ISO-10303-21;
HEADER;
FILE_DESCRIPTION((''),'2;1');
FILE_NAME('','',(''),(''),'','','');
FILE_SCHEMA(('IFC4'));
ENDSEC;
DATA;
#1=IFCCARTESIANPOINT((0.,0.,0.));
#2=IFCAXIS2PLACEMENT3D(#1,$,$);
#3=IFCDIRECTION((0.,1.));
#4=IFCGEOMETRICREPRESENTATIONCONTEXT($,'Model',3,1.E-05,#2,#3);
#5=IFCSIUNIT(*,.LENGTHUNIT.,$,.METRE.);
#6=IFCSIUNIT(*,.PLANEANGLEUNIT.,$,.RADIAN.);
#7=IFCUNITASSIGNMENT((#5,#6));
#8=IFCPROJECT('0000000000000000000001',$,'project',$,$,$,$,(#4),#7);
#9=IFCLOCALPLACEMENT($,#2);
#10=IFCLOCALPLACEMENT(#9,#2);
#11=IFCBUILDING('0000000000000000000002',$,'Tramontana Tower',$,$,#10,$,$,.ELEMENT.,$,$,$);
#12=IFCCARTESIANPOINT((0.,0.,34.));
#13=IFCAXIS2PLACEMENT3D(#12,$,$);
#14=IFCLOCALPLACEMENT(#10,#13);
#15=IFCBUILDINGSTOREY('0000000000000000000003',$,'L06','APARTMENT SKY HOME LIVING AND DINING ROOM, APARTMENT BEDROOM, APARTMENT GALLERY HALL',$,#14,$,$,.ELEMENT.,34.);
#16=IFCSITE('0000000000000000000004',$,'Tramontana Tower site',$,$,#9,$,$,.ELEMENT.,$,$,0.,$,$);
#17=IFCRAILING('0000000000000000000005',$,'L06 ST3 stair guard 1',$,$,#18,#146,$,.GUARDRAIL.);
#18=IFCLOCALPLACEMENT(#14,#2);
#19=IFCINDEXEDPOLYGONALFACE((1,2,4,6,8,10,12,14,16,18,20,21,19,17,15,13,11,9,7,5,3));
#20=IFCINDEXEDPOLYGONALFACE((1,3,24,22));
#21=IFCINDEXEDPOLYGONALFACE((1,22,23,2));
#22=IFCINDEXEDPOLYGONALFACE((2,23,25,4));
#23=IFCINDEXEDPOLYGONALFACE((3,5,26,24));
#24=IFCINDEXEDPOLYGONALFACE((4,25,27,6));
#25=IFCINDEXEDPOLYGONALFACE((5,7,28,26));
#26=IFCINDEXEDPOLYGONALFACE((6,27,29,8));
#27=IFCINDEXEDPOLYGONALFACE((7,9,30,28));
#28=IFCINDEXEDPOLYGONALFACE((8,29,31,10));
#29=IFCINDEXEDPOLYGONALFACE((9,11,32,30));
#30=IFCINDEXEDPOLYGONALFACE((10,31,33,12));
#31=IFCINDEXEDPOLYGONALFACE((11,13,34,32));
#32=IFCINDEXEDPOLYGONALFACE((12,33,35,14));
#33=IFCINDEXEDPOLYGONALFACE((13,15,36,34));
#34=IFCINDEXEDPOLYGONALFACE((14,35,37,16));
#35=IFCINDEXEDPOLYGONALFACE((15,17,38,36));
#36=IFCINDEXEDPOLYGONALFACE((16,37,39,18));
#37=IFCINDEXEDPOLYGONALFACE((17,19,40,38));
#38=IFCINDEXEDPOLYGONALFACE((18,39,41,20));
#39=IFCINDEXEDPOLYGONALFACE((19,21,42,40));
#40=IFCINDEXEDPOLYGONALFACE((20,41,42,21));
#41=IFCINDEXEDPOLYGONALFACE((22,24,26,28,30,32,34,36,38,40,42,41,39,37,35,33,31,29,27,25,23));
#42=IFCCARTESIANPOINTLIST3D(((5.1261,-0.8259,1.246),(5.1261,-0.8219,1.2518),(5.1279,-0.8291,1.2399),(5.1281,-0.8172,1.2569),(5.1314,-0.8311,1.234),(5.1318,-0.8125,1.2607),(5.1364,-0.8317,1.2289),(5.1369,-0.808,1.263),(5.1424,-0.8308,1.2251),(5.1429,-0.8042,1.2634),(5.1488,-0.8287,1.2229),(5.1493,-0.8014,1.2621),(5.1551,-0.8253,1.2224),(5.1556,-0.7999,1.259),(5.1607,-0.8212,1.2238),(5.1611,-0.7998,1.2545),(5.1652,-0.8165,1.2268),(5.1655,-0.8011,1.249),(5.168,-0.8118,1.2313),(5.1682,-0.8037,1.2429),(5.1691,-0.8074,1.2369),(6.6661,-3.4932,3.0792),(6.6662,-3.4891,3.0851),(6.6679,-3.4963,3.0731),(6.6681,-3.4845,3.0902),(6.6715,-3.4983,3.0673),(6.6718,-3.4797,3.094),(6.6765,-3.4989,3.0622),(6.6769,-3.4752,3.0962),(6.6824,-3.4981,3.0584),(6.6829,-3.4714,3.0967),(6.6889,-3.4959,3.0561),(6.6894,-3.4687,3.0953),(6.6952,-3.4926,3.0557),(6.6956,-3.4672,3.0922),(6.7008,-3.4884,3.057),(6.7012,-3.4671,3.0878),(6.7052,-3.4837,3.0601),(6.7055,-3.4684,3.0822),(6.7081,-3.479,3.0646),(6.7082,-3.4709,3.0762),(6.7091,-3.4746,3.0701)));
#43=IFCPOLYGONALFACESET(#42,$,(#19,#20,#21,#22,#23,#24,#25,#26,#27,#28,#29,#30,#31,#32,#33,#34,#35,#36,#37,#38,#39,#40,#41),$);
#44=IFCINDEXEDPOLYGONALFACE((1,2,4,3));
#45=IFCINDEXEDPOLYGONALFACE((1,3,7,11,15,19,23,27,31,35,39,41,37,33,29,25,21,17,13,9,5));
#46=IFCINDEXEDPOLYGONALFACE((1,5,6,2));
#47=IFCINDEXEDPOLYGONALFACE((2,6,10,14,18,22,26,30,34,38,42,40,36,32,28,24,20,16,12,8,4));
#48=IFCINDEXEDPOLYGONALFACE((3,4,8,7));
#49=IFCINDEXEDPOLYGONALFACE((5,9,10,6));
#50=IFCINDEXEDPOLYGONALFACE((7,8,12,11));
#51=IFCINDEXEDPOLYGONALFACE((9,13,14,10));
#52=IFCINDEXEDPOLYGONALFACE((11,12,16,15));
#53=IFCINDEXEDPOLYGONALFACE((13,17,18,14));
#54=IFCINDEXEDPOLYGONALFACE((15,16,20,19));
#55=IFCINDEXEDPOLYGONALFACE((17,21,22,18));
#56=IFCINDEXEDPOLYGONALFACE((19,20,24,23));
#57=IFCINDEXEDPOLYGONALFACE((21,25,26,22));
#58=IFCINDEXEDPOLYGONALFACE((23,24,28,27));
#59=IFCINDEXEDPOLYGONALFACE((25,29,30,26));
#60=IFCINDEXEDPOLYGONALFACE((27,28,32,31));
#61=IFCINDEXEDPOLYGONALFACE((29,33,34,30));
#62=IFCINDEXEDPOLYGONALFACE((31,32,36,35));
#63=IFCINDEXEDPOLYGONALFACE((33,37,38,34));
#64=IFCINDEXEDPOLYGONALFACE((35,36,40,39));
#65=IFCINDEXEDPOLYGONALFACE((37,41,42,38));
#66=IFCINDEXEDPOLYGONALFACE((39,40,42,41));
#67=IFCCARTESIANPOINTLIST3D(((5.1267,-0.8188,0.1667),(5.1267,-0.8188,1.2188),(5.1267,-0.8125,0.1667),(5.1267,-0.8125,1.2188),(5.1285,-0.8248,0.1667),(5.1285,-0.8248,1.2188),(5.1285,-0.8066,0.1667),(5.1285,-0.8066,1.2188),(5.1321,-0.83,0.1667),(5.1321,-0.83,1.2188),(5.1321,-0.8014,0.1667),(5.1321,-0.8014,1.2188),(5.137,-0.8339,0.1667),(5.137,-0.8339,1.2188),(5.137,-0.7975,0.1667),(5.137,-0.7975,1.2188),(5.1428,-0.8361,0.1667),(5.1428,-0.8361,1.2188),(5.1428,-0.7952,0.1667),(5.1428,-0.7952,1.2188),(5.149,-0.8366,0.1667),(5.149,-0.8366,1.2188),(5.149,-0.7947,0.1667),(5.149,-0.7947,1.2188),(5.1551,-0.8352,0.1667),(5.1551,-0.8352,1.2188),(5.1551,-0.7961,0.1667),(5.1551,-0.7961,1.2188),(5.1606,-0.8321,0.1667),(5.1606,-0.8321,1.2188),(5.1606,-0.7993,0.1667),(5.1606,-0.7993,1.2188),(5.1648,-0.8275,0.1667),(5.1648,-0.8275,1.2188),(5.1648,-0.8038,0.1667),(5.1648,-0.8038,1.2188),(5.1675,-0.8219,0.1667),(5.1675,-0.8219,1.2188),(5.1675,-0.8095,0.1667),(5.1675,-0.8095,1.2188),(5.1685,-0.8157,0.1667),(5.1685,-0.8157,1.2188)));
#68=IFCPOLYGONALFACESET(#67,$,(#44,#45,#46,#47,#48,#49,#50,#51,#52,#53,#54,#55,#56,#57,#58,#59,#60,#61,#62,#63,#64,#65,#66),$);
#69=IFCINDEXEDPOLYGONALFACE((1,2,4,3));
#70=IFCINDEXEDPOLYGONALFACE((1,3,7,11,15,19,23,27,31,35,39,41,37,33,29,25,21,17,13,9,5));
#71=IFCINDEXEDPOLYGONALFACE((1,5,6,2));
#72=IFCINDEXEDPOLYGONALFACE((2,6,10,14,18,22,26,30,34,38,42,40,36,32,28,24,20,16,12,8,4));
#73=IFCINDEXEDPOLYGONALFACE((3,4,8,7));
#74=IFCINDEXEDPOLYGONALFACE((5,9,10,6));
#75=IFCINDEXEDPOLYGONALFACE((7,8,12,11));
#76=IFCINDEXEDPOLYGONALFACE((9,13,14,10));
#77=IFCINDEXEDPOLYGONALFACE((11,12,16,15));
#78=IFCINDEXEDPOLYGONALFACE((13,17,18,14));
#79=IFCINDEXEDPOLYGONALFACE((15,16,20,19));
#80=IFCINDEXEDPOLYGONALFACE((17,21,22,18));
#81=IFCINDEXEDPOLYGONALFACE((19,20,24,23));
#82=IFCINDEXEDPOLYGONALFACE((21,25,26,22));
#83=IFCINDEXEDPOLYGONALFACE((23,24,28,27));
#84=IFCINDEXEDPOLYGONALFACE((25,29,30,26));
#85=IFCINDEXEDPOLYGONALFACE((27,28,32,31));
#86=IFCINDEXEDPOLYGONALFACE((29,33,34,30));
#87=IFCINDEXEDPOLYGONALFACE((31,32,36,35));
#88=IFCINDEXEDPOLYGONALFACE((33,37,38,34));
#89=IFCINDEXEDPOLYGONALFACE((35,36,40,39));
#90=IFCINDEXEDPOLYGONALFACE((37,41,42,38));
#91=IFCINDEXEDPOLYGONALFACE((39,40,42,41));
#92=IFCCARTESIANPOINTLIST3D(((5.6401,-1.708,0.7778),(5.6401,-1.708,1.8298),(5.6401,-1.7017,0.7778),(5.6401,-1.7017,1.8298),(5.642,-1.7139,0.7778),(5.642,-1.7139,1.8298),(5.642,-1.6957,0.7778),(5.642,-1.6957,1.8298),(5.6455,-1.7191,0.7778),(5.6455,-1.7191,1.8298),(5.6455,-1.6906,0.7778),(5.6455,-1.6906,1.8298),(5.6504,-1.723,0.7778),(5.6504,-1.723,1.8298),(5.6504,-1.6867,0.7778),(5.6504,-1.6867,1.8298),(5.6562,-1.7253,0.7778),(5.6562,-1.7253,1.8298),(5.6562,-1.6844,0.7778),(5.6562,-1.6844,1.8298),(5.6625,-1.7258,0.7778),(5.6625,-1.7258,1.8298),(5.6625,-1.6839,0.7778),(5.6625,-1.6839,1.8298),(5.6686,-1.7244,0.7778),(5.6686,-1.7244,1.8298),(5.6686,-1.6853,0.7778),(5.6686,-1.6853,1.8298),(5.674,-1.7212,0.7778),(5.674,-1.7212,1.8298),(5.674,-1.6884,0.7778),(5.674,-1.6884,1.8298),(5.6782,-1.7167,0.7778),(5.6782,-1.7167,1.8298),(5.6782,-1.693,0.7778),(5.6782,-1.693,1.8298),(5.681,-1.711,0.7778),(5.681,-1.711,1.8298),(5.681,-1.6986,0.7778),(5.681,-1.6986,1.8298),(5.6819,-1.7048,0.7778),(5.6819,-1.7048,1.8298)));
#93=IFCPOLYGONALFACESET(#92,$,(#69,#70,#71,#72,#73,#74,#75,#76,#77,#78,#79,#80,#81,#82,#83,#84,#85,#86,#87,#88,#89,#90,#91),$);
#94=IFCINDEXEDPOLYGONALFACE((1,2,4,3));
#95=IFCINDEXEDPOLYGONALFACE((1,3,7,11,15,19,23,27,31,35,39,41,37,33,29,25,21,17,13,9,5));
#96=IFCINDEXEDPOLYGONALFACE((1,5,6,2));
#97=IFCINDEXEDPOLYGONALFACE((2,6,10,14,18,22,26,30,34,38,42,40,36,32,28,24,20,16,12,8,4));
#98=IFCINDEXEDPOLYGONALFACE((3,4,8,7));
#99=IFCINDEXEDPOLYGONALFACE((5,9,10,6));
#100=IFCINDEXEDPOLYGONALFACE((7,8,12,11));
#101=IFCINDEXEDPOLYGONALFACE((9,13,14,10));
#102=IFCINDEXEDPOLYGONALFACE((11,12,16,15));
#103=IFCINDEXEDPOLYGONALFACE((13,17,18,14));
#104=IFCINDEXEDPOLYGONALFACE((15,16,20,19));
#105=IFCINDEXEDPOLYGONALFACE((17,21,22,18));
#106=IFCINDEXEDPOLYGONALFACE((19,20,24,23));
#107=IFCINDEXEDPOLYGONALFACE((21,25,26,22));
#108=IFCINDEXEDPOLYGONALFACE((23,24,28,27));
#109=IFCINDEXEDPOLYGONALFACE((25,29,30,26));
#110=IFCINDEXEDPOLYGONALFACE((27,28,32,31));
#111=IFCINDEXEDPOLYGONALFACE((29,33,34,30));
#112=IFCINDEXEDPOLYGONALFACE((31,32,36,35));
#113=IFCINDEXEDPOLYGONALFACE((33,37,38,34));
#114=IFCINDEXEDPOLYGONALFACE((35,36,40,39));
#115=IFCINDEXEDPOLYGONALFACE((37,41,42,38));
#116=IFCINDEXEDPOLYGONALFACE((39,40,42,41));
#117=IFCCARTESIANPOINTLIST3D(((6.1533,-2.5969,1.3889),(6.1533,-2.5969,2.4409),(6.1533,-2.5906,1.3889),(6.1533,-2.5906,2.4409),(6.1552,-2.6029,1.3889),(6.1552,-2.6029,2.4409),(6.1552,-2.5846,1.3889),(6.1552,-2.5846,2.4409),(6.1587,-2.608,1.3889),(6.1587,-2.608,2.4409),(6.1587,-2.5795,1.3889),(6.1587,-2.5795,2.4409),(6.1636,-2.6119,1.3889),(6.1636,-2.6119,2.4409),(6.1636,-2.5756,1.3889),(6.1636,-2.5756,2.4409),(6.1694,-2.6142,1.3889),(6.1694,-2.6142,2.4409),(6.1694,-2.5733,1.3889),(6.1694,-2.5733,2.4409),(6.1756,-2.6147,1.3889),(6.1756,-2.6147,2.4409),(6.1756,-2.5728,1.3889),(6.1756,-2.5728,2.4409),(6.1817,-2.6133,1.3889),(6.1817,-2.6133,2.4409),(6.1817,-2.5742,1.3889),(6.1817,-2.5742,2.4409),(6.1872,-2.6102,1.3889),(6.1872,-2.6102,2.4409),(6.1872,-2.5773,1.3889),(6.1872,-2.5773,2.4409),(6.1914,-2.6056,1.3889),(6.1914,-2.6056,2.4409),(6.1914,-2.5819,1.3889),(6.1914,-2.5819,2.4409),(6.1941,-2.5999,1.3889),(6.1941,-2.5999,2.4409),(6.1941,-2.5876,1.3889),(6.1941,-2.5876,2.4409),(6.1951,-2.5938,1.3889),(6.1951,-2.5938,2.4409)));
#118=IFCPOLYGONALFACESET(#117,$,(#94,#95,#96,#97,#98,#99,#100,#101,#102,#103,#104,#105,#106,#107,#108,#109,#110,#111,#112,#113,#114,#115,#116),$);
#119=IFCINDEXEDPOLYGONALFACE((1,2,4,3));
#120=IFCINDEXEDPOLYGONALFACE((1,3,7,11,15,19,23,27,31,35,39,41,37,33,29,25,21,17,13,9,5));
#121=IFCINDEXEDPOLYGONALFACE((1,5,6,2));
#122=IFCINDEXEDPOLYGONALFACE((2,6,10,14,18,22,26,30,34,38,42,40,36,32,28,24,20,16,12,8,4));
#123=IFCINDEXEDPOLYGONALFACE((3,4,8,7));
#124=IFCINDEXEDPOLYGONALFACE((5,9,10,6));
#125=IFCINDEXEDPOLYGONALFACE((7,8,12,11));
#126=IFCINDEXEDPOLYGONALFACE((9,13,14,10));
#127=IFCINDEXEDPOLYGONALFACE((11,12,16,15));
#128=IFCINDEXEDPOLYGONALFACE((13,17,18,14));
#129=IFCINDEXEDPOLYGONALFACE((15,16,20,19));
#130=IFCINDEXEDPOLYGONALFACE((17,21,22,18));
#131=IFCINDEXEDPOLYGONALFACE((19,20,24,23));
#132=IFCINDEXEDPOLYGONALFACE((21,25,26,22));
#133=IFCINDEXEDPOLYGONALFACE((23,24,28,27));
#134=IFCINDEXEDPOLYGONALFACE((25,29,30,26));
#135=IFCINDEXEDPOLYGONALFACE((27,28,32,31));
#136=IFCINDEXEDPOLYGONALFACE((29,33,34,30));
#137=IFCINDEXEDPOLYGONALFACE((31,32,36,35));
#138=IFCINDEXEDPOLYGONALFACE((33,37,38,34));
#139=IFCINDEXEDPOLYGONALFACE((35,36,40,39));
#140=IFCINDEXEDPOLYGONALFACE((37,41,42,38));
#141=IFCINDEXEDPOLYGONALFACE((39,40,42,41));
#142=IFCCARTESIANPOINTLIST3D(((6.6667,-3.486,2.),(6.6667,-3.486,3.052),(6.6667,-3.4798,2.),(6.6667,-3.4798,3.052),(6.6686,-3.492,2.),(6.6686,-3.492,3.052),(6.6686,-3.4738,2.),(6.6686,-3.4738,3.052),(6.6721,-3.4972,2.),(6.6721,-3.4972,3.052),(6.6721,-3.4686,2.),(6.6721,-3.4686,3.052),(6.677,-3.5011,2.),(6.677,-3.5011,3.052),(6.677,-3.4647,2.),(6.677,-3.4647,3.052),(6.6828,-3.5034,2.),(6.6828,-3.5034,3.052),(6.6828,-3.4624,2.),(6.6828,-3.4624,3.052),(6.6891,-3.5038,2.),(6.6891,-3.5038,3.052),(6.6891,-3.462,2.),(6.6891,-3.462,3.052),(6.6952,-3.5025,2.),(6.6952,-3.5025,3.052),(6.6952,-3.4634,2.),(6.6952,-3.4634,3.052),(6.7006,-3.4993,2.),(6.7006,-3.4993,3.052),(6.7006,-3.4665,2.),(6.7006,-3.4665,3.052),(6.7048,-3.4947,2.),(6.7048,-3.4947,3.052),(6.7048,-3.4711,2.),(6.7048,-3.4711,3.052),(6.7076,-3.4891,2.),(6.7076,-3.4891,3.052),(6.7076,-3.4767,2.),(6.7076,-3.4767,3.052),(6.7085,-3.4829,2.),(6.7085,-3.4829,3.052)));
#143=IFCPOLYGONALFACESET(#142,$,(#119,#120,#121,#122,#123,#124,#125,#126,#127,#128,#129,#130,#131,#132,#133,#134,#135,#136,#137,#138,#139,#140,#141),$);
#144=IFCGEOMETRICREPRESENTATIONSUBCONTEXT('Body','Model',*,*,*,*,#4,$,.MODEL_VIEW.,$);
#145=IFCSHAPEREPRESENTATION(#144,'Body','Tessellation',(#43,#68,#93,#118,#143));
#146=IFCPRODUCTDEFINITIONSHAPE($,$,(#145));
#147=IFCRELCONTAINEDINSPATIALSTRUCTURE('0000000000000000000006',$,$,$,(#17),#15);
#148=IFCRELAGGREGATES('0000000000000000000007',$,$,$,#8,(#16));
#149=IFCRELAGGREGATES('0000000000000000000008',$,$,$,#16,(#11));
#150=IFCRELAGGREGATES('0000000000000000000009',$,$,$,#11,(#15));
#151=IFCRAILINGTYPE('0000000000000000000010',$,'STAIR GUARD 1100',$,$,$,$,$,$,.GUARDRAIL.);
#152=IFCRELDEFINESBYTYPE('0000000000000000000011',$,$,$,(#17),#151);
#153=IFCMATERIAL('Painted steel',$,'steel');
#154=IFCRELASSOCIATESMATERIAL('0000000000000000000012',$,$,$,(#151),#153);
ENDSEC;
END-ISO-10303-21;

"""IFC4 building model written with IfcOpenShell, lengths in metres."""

from ifc_helpers import new_model, si_unit, direction, frame, origin, origin_2d, place, context, subcontext, project, spatial, circle, extrude, material, type_object, element, save


model = new_model("IFC4")

# Units and contexts
model_context = context("Model", 3, precision=1e-05, world=origin(), true_north=direction((0.0, 1.0)))
body_context = subcontext(model_context, "Body", "Model", "MODEL_VIEW")
ifc_project = project(units=[si_unit("LENGTHUNIT", "METRE"), si_unit("PLANEANGLEUNIT", "RADIAN")], contexts=[model_context])

# Site, building, storey
site_placement = place(None, origin())
site = spatial("IfcSite", under=ifc_project, at=site_placement, Name="Tramontana Tower site", CompositionType="ELEMENT", RefElevation=0.0)
building_placement = place(site_placement, origin())
building = spatial("IfcBuilding", under=site, at=building_placement, Name="Tramontana Tower", CompositionType="ELEMENT")
storey_placement = place(building_placement, frame((0.0, 0.0, 34.0)))
storey = spatial("IfcBuildingStorey", under=building, at=storey_placement, Name="L06", Description="APARTMENT SKY HOME LIVING AND DINING ROOM, APARTMENT BEDROOM, APARTMENT GALLERY HALL", CompositionType="ELEMENT", Elevation=34.0)

# Railing
ifc_material_1 = material(Name="Painted steel", Category="steel")
railing_type_1 = type_object("IfcRailingType", Name="STAIR GUARD 1100", PredefinedType="GUARDRAIL", material=ifc_material_1)
railing_1_placement = place(storey_placement, frame((5.1475, -0.8157, 0.1667)))
element("IfcRailing", 1, at=railing_1_placement, inside=storey, type_object=railing_type_1, Name="L06 ST3 stair guard 1", PredefinedType="GUARDRAIL", context=body_context, shape_type="SweptSolid", body=[
    extrude(circle(Radius=0.0239, at=origin_2d()), frame((0.0, 0.0, 1.0762), z_axis=(0.429671, -0.744159, 0.511478), x_axis=(0.86601, 0.500027, 0.0)), (0.0, 0.0, 1.0), 3.5842),
    extrude(circle(Radius=0.021, at=origin_2d()), origin(), (0.0, 0.0, 1.0), 1.052),
    extrude(circle(Radius=0.021, at=origin_2d()), frame((0.5134, -0.8892, 0.6111)), (0.0, 0.0, 1.0), 1.052),
    extrude(circle(Radius=0.021, at=origin_2d()), frame((1.0266, -1.7781, 1.2222)), (0.0, 0.0, 1.0), 1.052),
    extrude(circle(Radius=0.021, at=origin_2d()), frame((1.54, -2.6672, 1.8333)), (0.0, 0.0, 1.0), 1.052),
])

save(model, "model.ifc")
